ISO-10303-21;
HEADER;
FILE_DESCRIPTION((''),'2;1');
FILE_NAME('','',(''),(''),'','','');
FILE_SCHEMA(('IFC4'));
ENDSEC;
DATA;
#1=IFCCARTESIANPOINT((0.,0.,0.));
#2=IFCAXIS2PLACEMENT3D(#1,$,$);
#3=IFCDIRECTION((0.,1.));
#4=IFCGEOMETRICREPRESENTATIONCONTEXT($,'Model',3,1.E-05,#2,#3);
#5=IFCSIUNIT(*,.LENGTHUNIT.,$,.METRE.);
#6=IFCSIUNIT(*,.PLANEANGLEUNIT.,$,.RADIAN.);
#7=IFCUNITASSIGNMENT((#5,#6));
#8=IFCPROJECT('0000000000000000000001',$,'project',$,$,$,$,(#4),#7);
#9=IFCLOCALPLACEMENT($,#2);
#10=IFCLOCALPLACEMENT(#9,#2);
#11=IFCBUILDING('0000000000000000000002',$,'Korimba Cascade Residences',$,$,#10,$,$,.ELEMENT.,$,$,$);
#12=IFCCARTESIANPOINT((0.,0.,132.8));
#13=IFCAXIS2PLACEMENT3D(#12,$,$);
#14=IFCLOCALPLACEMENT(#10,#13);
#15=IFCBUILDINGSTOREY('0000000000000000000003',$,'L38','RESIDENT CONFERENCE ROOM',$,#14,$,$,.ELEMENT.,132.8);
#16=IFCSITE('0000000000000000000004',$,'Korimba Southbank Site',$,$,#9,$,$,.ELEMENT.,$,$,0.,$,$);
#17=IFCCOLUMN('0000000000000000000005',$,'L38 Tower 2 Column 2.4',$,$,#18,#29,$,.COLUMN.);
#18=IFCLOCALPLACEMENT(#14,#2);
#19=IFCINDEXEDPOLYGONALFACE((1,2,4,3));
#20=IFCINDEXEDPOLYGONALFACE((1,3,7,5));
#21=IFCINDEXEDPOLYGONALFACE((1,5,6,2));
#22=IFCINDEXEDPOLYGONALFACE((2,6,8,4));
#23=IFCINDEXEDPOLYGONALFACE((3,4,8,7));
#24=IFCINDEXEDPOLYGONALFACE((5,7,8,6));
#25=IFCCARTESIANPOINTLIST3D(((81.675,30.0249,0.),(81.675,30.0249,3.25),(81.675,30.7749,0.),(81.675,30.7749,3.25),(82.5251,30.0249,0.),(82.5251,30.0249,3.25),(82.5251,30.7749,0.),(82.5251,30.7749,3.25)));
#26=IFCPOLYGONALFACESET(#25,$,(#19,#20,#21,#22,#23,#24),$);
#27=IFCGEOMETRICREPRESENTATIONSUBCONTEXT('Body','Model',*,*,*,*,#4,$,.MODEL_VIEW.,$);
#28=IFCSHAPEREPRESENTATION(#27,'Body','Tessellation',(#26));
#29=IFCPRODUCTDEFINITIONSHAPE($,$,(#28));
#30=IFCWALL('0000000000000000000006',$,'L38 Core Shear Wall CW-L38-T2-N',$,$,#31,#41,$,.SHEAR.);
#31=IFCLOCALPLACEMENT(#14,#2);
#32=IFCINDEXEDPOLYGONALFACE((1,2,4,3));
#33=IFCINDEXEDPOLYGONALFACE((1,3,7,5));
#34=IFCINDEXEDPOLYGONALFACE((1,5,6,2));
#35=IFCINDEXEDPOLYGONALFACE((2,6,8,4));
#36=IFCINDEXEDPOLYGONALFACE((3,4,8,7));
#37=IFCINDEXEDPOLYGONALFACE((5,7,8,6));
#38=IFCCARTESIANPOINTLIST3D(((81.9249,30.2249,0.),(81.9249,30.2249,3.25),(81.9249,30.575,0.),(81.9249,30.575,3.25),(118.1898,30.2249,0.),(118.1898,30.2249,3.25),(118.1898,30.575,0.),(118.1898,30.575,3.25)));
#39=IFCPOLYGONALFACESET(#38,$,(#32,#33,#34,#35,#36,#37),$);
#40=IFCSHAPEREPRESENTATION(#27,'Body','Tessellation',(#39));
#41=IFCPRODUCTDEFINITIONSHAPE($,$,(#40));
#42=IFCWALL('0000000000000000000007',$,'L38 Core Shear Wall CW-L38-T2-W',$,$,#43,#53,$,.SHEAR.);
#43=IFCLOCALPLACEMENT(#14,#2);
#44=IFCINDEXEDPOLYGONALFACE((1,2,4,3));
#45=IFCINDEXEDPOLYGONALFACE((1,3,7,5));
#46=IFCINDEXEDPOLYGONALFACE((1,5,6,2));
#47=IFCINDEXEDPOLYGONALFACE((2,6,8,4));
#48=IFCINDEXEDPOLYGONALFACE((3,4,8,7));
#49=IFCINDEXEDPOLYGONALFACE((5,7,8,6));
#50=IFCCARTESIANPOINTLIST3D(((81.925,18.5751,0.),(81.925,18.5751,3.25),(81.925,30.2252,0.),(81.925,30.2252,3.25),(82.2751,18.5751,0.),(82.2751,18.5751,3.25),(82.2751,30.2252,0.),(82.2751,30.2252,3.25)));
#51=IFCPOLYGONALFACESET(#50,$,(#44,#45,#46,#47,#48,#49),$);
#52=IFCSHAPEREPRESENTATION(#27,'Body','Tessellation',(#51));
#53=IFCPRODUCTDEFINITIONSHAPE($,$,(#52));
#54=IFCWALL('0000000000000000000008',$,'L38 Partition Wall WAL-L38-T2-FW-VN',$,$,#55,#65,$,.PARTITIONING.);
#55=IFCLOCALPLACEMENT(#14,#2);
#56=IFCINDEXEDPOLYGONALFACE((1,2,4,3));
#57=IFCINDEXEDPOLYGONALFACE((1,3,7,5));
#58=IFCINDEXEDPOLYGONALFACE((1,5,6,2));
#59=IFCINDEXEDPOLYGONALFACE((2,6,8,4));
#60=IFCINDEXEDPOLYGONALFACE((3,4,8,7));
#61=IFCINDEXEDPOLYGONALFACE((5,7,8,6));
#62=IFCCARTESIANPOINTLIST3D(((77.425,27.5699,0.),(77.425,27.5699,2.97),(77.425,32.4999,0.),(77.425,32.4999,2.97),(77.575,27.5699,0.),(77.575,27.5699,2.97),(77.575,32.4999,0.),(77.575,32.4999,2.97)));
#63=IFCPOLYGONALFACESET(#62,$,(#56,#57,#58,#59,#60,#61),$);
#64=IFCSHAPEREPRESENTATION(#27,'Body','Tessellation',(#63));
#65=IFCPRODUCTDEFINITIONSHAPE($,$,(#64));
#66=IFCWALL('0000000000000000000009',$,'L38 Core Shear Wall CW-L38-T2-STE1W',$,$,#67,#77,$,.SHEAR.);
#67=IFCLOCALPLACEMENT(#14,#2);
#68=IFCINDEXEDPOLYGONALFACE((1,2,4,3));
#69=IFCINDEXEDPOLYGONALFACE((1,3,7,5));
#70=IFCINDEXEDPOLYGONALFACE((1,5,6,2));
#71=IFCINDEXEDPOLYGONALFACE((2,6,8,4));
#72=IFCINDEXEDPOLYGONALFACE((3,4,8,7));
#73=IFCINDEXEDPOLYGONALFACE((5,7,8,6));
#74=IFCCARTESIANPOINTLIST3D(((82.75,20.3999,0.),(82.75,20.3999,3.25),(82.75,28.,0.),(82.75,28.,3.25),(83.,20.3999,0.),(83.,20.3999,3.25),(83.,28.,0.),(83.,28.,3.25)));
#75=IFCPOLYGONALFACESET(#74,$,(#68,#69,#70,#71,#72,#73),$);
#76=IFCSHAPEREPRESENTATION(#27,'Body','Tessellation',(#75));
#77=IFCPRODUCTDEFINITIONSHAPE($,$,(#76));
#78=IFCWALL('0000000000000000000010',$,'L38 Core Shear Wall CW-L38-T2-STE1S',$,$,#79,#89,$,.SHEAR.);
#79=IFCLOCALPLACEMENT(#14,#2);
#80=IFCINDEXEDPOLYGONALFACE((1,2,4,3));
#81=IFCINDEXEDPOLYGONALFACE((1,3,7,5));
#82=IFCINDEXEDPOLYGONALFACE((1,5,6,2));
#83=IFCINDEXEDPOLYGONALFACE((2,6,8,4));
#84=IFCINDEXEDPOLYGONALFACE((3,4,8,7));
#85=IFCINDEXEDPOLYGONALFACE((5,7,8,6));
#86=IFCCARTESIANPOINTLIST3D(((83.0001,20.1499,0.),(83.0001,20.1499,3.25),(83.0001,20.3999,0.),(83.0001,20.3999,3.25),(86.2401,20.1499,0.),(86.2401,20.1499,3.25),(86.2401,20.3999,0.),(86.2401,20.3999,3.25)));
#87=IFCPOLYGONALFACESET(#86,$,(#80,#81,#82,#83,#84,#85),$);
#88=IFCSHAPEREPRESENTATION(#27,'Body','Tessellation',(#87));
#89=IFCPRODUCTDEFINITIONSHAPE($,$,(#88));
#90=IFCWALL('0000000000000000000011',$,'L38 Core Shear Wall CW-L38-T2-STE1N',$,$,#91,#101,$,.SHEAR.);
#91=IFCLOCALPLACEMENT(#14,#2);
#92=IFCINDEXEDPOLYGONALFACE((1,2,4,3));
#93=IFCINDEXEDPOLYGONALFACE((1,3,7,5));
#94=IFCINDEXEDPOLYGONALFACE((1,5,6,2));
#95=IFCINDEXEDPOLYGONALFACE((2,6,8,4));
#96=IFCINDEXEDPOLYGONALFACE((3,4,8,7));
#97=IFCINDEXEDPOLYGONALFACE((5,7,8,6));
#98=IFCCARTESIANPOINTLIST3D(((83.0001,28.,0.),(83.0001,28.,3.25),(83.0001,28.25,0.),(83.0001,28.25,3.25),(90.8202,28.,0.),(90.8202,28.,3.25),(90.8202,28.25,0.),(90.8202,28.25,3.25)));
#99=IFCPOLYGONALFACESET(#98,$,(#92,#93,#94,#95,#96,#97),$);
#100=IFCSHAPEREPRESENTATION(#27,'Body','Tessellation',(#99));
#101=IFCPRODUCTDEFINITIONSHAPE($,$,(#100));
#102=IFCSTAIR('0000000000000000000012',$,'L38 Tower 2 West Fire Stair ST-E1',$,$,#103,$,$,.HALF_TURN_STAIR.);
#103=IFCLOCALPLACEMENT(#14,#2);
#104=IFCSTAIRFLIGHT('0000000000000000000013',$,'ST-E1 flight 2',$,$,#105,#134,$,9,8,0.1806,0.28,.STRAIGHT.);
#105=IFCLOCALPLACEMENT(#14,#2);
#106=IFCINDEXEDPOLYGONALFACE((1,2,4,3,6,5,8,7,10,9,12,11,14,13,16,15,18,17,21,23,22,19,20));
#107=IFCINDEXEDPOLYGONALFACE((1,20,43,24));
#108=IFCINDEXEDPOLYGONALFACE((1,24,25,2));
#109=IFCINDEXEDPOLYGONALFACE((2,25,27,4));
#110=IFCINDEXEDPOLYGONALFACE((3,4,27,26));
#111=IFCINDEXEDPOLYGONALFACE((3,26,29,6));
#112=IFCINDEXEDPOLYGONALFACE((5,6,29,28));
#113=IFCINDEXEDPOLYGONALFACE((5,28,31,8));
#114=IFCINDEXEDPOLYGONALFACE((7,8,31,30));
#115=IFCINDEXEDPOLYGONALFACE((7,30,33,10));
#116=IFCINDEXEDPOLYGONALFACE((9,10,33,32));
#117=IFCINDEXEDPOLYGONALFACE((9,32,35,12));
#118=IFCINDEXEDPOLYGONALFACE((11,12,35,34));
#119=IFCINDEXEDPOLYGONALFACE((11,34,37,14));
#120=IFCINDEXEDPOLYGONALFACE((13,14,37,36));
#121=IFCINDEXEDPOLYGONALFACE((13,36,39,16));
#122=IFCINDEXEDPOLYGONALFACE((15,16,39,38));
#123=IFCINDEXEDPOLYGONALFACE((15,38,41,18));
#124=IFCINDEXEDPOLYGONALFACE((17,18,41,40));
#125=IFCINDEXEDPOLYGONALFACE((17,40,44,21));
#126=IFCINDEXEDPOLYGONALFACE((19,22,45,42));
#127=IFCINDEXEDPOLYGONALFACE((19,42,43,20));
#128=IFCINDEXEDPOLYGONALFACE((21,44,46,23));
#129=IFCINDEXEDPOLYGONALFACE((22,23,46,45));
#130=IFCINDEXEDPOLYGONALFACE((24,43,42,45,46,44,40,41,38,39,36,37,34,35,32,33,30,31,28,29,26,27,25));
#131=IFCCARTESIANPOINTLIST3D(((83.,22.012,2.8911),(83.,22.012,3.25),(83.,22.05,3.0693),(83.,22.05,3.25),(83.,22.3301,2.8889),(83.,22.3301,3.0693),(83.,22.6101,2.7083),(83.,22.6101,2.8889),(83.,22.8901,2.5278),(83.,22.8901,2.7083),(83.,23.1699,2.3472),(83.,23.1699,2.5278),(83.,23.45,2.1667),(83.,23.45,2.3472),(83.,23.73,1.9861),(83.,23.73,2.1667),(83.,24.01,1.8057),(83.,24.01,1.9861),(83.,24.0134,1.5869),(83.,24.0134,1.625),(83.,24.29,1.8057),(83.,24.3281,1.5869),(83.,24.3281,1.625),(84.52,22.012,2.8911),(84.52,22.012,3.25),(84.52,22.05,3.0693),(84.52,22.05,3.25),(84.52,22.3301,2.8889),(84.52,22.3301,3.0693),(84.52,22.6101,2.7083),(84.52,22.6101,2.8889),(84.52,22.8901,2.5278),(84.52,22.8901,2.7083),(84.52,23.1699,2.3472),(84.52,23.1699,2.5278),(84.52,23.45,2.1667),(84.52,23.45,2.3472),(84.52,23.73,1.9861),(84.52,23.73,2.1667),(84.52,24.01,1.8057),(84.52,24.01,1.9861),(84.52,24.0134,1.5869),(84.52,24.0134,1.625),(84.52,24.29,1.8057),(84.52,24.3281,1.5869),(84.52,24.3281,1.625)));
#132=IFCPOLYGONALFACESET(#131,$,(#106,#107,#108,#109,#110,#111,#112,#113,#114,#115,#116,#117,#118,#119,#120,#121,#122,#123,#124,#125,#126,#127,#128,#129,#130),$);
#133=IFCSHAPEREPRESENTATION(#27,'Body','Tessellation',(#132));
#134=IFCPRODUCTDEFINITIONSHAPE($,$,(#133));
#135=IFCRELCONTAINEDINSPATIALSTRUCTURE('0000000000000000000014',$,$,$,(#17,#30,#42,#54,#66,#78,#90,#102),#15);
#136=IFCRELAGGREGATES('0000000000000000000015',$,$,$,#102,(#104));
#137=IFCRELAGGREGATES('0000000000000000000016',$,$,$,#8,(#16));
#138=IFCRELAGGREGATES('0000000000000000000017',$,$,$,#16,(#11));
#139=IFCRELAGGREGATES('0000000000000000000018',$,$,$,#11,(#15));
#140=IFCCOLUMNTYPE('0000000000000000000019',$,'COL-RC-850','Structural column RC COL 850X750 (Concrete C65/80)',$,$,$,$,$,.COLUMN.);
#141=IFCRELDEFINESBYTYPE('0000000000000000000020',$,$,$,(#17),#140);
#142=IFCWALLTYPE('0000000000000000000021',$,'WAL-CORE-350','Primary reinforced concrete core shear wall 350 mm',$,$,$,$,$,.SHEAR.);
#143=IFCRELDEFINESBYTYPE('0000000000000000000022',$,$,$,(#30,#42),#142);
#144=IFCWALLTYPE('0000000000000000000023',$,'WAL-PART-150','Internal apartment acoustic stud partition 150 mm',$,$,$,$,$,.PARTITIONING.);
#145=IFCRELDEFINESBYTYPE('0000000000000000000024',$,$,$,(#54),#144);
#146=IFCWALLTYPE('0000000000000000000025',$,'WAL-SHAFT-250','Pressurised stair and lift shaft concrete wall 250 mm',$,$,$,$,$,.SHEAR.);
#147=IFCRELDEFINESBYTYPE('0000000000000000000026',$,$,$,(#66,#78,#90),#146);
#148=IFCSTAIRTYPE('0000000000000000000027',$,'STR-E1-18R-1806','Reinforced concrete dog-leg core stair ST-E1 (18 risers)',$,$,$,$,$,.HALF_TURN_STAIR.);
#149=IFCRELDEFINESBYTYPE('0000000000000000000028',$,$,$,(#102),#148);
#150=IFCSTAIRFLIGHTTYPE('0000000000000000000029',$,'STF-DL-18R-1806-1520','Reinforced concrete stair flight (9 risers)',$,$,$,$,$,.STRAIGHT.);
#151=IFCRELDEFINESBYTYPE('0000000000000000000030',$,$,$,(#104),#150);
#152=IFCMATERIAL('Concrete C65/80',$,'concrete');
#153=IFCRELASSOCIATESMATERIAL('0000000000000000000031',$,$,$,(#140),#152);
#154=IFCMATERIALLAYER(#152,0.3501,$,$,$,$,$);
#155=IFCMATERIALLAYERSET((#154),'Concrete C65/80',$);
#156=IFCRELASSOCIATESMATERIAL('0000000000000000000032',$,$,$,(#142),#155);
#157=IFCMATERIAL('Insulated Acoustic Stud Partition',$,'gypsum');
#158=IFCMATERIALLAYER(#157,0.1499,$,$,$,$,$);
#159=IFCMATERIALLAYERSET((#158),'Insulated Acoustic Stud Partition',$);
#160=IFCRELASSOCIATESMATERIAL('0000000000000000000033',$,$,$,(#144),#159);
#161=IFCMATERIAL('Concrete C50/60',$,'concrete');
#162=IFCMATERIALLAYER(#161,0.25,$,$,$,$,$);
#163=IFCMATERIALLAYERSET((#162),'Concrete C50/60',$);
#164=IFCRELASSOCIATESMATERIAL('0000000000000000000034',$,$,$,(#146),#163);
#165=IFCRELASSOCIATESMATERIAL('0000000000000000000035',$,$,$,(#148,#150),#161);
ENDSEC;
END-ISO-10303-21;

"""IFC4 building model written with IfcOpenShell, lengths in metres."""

from ifc_helpers import new_model, si_unit, direction, frame, frame_2d, origin, origin_2d, place, context, subcontext, project, spatial, polyline, rectangle, outline, extrude, material, layer, layer_set, material_profile, profile_set, type_object, element, aggregate, save


model = new_model("IFC4")

# Units and contexts
model_context = context("Model", 3, precision=1e-05, world=origin(), true_north=direction((0.0, 1.0)))
body_context = subcontext(model_context, "Body", "Model", "MODEL_VIEW")
ifc_project = project(units=[si_unit("LENGTHUNIT", "METRE"), si_unit("PLANEANGLEUNIT", "RADIAN")], contexts=[model_context])

# Site, building, storey
site_placement = place(None, origin())
site = spatial("IfcSite", under=ifc_project, at=site_placement, Name="Korimba Southbank Site", CompositionType="ELEMENT", RefElevation=0.0)
building_placement = place(site_placement, origin())
building = spatial("IfcBuilding", under=site, at=building_placement, Name="Korimba Cascade Residences", CompositionType="ELEMENT")
storey_placement = place(building_placement, frame((0.0, 0.0, 132.8)))
storey = spatial("IfcBuildingStorey", under=building, at=storey_placement, Name="L38", Description="RESIDENT CONFERENCE ROOM", CompositionType="ELEMENT", Elevation=132.8)

# Column
ifc_material_1 = material(Name="Concrete C65/80", Category="concrete")
ifc_material_profile = material_profile(ifc_material_1, rectangle(XDim=0.8501, YDim=0.75, at=origin_2d()), Name="Concrete C65/80")
ifc_profile_set = profile_set([ifc_material_profile], Name="Concrete C65/80")
column_type = type_object("IfcColumnType", Name="COL-RC-850", Description="Structural column RC COL 850X750 (Concrete C65/80)", PredefinedType="COLUMN", material=ifc_profile_set)
column_placement = place(storey_placement, frame((82.1001, 30.3999, 0.0), z_axis=(0.0, 0.0, 1.0), x_axis=(1.0, 0.0, 0.0)))
element("IfcColumn", 1, at=column_placement, inside=storey, type_object=column_type, Name="L38 Tower 2 Column 2.4", PredefinedType="COLUMN", context=body_context, shape_type="SweptSolid", body=[
    extrude(rectangle(XDim=0.8501, YDim=0.75, at=origin_2d()), origin(), (0.0, 0.0, 1.0), 3.25),
])

# Walls
ifc_layer_1 = layer(ifc_material_1, 0.3501)
ifc_layer_set_1 = layer_set([ifc_layer_1], Name="Concrete C65/80")
wall_type_1 = type_object("IfcWallType", Name="WAL-CORE-350", Description="Primary reinforced concrete core shear wall 350 mm", PredefinedType="SHEAR", material=ifc_layer_set_1)
wall_1_placement = place(storey_placement, frame((81.925, 30.3999, 0.0), z_axis=(0.0, 0.0, 1.0), x_axis=(1.0, 0.0, 0.0)))
element("IfcWall", 2, at=wall_1_placement, inside=storey, type_object=wall_type_1, Name="L38 Core Shear Wall CW-L38-T2-N", PredefinedType="SHEAR", context=body_context, shape_type="SweptSolid", body=[
    extrude(rectangle(XDim=36.2649, YDim=0.3501, at=frame_2d((18.1323, 0.0))), origin(), (0.0, 0.0, 1.0), 3.25),
])
wall_2_placement = place(storey_placement, frame((82.1001, 18.575, 0.0), z_axis=(0.0, 0.0, 1.0), x_axis=(0.0, 1.0, 0.0)))
element("IfcWall", 3, at=wall_2_placement, inside=storey, type_object=wall_type_1, Name="L38 Core Shear Wall CW-L38-T2-W", PredefinedType="SHEAR", context=body_context, shape_type="SweptSolid", body=[
    extrude(rectangle(XDim=11.6501, YDim=0.3501, at=frame_2d((5.8252, 0.0))), origin(), (0.0, 0.0, 1.0), 3.25),
])
ifc_material_2 = material(Name="Insulated Acoustic Stud Partition", Category="gypsum")
ifc_layer_2 = layer(ifc_material_2, 0.1499)
ifc_layer_set_2 = layer_set([ifc_layer_2], Name="Insulated Acoustic Stud Partition")
wall_type_2 = type_object("IfcWallType", Name="WAL-PART-150", Description="Internal apartment acoustic stud partition 150 mm", PredefinedType="PARTITIONING", material=ifc_layer_set_2)
wall_3_placement = place(storey_placement, frame((77.5, 27.5701, 0.0), z_axis=(0.0, 0.0, 1.0), x_axis=(0.0, 1.0, 0.0)))
element("IfcWall", 4, at=wall_3_placement, inside=storey, type_object=wall_type_2, Name="L38 Partition Wall WAL-L38-T2-FW-VN", PredefinedType="PARTITIONING", context=body_context, shape_type="SweptSolid", body=[
    extrude(rectangle(XDim=4.9299, YDim=0.1499, at=frame_2d((2.4648, 0.0))), origin(), (0.0, 0.0, 1.0), 2.97),
])
ifc_material_3 = material(Name="Concrete C50/60", Category="concrete")
ifc_layer_3 = layer(ifc_material_3, 0.25)
ifc_layer_set_3 = layer_set([ifc_layer_3], Name="Concrete C50/60")
wall_type_3 = type_object("IfcWallType", Name="WAL-SHAFT-250", Description="Pressurised stair and lift shaft concrete wall 250 mm", PredefinedType="SHEAR", material=ifc_layer_set_3)
wall_4_placement = place(storey_placement, frame((82.875, 20.3999, 0.0), z_axis=(0.0, 0.0, 1.0), x_axis=(0.0, 1.0, 0.0)))
element("IfcWall", 5, at=wall_4_placement, inside=storey, type_object=wall_type_3, Name="L38 Core Shear Wall CW-L38-T2-STE1W", PredefinedType="SHEAR", context=body_context, shape_type="SweptSolid", body=[
    extrude(rectangle(XDim=7.6001, YDim=0.25, at=frame_2d((3.8, 0.0))), origin(), (0.0, 0.0, 1.0), 3.25),
])
wall_5_placement = place(storey_placement, frame((83.0, 20.2749, 0.0), z_axis=(0.0, 0.0, 1.0), x_axis=(1.0, 0.0, 0.0)))
element("IfcWall", 6, at=wall_5_placement, inside=storey, type_object=wall_type_3, Name="L38 Core Shear Wall CW-L38-T2-STE1S", PredefinedType="SHEAR", context=body_context, shape_type="SweptSolid", body=[
    extrude(rectangle(XDim=3.24, YDim=0.25, at=frame_2d((1.6201, 0.0))), origin(), (0.0, 0.0, 1.0), 3.25),
])
wall_6_placement = place(storey_placement, frame((83.0, 28.125, 0.0), z_axis=(0.0, 0.0, 1.0), x_axis=(1.0, 0.0, 0.0)))
element("IfcWall", 7, at=wall_6_placement, inside=storey, type_object=wall_type_3, Name="L38 Core Shear Wall CW-L38-T2-STE1N", PredefinedType="SHEAR", context=body_context, shape_type="SweptSolid", body=[
    extrude(rectangle(XDim=7.8201, YDim=0.25, at=frame_2d((3.9102, 0.0))), origin(), (0.0, 0.0, 1.0), 3.25),
])

# Stair, stair flight
stair_type = type_object("IfcStairType", Name="STR-E1-18R-1806", Description="Reinforced concrete dog-leg core stair ST-E1 (18 risers)", PredefinedType="HALF_TURN_STAIR", material=ifc_material_3)
stair_placement = place(storey_placement, origin())
stair = element("IfcStair", 8, at=stair_placement, inside=storey, type_object=stair_type, Name="L38 Tower 2 West Fire Stair ST-E1", PredefinedType="HALF_TURN_STAIR")
stair_flight_type = type_object("IfcStairFlightType", Name="STF-DL-18R-1806-1520", Description="Reinforced concrete stair flight (9 risers)", PredefinedType="STRAIGHT", material=ifc_material_3)
stair_flight_placement = place(storey_placement, frame((83.76, 24.29, 1.625), z_axis=(0.0, 0.0, 1.0), x_axis=(0.0, -1.0, 0.0)))
stair_flight = element("IfcStairFlight", 9, at=stair_flight_placement, type_object=stair_flight_type, Name="ST-E1 flight 2", NumberOfRisers=9, NumberOfTreads=8, PredefinedType="STRAIGHT", RiserHeight=0.1806, TreadLength=0.28, context=body_context, shape_type="SweptSolid", body=[
    extrude(outline(polyline([(-0.0381, 0.0), (0.0, 0.1807), (0.28, 0.1807), (0.28, 0.3611), (0.5601, 0.3611), (0.5601, 0.5417), (0.8401, 0.5417), (0.8401, 0.7222), (1.1201, 0.7222), (1.1201, 0.9028), (1.3999, 0.9028), (1.3999, 1.0833), (1.6799, 1.0833), (1.6799, 1.2639), (1.96, 1.2639), (1.96, 1.4443), (2.24, 1.4443), (2.24, 1.625), (2.2781, 1.625), (2.2781, 1.2661), (0.2766, 0.0), (0.2766, -0.0381), (-0.0381, -0.0381), (-0.0381, 0.0)])), frame((0.0, 0.76, 0.0), z_axis=(0.0, -1.0, 0.0), x_axis=(1.0, 0.0, 0.0)), (0.0, 0.0, 1.0), 1.52),
])
aggregate(stair, [stair_flight])

save(model, "model.ifc")
